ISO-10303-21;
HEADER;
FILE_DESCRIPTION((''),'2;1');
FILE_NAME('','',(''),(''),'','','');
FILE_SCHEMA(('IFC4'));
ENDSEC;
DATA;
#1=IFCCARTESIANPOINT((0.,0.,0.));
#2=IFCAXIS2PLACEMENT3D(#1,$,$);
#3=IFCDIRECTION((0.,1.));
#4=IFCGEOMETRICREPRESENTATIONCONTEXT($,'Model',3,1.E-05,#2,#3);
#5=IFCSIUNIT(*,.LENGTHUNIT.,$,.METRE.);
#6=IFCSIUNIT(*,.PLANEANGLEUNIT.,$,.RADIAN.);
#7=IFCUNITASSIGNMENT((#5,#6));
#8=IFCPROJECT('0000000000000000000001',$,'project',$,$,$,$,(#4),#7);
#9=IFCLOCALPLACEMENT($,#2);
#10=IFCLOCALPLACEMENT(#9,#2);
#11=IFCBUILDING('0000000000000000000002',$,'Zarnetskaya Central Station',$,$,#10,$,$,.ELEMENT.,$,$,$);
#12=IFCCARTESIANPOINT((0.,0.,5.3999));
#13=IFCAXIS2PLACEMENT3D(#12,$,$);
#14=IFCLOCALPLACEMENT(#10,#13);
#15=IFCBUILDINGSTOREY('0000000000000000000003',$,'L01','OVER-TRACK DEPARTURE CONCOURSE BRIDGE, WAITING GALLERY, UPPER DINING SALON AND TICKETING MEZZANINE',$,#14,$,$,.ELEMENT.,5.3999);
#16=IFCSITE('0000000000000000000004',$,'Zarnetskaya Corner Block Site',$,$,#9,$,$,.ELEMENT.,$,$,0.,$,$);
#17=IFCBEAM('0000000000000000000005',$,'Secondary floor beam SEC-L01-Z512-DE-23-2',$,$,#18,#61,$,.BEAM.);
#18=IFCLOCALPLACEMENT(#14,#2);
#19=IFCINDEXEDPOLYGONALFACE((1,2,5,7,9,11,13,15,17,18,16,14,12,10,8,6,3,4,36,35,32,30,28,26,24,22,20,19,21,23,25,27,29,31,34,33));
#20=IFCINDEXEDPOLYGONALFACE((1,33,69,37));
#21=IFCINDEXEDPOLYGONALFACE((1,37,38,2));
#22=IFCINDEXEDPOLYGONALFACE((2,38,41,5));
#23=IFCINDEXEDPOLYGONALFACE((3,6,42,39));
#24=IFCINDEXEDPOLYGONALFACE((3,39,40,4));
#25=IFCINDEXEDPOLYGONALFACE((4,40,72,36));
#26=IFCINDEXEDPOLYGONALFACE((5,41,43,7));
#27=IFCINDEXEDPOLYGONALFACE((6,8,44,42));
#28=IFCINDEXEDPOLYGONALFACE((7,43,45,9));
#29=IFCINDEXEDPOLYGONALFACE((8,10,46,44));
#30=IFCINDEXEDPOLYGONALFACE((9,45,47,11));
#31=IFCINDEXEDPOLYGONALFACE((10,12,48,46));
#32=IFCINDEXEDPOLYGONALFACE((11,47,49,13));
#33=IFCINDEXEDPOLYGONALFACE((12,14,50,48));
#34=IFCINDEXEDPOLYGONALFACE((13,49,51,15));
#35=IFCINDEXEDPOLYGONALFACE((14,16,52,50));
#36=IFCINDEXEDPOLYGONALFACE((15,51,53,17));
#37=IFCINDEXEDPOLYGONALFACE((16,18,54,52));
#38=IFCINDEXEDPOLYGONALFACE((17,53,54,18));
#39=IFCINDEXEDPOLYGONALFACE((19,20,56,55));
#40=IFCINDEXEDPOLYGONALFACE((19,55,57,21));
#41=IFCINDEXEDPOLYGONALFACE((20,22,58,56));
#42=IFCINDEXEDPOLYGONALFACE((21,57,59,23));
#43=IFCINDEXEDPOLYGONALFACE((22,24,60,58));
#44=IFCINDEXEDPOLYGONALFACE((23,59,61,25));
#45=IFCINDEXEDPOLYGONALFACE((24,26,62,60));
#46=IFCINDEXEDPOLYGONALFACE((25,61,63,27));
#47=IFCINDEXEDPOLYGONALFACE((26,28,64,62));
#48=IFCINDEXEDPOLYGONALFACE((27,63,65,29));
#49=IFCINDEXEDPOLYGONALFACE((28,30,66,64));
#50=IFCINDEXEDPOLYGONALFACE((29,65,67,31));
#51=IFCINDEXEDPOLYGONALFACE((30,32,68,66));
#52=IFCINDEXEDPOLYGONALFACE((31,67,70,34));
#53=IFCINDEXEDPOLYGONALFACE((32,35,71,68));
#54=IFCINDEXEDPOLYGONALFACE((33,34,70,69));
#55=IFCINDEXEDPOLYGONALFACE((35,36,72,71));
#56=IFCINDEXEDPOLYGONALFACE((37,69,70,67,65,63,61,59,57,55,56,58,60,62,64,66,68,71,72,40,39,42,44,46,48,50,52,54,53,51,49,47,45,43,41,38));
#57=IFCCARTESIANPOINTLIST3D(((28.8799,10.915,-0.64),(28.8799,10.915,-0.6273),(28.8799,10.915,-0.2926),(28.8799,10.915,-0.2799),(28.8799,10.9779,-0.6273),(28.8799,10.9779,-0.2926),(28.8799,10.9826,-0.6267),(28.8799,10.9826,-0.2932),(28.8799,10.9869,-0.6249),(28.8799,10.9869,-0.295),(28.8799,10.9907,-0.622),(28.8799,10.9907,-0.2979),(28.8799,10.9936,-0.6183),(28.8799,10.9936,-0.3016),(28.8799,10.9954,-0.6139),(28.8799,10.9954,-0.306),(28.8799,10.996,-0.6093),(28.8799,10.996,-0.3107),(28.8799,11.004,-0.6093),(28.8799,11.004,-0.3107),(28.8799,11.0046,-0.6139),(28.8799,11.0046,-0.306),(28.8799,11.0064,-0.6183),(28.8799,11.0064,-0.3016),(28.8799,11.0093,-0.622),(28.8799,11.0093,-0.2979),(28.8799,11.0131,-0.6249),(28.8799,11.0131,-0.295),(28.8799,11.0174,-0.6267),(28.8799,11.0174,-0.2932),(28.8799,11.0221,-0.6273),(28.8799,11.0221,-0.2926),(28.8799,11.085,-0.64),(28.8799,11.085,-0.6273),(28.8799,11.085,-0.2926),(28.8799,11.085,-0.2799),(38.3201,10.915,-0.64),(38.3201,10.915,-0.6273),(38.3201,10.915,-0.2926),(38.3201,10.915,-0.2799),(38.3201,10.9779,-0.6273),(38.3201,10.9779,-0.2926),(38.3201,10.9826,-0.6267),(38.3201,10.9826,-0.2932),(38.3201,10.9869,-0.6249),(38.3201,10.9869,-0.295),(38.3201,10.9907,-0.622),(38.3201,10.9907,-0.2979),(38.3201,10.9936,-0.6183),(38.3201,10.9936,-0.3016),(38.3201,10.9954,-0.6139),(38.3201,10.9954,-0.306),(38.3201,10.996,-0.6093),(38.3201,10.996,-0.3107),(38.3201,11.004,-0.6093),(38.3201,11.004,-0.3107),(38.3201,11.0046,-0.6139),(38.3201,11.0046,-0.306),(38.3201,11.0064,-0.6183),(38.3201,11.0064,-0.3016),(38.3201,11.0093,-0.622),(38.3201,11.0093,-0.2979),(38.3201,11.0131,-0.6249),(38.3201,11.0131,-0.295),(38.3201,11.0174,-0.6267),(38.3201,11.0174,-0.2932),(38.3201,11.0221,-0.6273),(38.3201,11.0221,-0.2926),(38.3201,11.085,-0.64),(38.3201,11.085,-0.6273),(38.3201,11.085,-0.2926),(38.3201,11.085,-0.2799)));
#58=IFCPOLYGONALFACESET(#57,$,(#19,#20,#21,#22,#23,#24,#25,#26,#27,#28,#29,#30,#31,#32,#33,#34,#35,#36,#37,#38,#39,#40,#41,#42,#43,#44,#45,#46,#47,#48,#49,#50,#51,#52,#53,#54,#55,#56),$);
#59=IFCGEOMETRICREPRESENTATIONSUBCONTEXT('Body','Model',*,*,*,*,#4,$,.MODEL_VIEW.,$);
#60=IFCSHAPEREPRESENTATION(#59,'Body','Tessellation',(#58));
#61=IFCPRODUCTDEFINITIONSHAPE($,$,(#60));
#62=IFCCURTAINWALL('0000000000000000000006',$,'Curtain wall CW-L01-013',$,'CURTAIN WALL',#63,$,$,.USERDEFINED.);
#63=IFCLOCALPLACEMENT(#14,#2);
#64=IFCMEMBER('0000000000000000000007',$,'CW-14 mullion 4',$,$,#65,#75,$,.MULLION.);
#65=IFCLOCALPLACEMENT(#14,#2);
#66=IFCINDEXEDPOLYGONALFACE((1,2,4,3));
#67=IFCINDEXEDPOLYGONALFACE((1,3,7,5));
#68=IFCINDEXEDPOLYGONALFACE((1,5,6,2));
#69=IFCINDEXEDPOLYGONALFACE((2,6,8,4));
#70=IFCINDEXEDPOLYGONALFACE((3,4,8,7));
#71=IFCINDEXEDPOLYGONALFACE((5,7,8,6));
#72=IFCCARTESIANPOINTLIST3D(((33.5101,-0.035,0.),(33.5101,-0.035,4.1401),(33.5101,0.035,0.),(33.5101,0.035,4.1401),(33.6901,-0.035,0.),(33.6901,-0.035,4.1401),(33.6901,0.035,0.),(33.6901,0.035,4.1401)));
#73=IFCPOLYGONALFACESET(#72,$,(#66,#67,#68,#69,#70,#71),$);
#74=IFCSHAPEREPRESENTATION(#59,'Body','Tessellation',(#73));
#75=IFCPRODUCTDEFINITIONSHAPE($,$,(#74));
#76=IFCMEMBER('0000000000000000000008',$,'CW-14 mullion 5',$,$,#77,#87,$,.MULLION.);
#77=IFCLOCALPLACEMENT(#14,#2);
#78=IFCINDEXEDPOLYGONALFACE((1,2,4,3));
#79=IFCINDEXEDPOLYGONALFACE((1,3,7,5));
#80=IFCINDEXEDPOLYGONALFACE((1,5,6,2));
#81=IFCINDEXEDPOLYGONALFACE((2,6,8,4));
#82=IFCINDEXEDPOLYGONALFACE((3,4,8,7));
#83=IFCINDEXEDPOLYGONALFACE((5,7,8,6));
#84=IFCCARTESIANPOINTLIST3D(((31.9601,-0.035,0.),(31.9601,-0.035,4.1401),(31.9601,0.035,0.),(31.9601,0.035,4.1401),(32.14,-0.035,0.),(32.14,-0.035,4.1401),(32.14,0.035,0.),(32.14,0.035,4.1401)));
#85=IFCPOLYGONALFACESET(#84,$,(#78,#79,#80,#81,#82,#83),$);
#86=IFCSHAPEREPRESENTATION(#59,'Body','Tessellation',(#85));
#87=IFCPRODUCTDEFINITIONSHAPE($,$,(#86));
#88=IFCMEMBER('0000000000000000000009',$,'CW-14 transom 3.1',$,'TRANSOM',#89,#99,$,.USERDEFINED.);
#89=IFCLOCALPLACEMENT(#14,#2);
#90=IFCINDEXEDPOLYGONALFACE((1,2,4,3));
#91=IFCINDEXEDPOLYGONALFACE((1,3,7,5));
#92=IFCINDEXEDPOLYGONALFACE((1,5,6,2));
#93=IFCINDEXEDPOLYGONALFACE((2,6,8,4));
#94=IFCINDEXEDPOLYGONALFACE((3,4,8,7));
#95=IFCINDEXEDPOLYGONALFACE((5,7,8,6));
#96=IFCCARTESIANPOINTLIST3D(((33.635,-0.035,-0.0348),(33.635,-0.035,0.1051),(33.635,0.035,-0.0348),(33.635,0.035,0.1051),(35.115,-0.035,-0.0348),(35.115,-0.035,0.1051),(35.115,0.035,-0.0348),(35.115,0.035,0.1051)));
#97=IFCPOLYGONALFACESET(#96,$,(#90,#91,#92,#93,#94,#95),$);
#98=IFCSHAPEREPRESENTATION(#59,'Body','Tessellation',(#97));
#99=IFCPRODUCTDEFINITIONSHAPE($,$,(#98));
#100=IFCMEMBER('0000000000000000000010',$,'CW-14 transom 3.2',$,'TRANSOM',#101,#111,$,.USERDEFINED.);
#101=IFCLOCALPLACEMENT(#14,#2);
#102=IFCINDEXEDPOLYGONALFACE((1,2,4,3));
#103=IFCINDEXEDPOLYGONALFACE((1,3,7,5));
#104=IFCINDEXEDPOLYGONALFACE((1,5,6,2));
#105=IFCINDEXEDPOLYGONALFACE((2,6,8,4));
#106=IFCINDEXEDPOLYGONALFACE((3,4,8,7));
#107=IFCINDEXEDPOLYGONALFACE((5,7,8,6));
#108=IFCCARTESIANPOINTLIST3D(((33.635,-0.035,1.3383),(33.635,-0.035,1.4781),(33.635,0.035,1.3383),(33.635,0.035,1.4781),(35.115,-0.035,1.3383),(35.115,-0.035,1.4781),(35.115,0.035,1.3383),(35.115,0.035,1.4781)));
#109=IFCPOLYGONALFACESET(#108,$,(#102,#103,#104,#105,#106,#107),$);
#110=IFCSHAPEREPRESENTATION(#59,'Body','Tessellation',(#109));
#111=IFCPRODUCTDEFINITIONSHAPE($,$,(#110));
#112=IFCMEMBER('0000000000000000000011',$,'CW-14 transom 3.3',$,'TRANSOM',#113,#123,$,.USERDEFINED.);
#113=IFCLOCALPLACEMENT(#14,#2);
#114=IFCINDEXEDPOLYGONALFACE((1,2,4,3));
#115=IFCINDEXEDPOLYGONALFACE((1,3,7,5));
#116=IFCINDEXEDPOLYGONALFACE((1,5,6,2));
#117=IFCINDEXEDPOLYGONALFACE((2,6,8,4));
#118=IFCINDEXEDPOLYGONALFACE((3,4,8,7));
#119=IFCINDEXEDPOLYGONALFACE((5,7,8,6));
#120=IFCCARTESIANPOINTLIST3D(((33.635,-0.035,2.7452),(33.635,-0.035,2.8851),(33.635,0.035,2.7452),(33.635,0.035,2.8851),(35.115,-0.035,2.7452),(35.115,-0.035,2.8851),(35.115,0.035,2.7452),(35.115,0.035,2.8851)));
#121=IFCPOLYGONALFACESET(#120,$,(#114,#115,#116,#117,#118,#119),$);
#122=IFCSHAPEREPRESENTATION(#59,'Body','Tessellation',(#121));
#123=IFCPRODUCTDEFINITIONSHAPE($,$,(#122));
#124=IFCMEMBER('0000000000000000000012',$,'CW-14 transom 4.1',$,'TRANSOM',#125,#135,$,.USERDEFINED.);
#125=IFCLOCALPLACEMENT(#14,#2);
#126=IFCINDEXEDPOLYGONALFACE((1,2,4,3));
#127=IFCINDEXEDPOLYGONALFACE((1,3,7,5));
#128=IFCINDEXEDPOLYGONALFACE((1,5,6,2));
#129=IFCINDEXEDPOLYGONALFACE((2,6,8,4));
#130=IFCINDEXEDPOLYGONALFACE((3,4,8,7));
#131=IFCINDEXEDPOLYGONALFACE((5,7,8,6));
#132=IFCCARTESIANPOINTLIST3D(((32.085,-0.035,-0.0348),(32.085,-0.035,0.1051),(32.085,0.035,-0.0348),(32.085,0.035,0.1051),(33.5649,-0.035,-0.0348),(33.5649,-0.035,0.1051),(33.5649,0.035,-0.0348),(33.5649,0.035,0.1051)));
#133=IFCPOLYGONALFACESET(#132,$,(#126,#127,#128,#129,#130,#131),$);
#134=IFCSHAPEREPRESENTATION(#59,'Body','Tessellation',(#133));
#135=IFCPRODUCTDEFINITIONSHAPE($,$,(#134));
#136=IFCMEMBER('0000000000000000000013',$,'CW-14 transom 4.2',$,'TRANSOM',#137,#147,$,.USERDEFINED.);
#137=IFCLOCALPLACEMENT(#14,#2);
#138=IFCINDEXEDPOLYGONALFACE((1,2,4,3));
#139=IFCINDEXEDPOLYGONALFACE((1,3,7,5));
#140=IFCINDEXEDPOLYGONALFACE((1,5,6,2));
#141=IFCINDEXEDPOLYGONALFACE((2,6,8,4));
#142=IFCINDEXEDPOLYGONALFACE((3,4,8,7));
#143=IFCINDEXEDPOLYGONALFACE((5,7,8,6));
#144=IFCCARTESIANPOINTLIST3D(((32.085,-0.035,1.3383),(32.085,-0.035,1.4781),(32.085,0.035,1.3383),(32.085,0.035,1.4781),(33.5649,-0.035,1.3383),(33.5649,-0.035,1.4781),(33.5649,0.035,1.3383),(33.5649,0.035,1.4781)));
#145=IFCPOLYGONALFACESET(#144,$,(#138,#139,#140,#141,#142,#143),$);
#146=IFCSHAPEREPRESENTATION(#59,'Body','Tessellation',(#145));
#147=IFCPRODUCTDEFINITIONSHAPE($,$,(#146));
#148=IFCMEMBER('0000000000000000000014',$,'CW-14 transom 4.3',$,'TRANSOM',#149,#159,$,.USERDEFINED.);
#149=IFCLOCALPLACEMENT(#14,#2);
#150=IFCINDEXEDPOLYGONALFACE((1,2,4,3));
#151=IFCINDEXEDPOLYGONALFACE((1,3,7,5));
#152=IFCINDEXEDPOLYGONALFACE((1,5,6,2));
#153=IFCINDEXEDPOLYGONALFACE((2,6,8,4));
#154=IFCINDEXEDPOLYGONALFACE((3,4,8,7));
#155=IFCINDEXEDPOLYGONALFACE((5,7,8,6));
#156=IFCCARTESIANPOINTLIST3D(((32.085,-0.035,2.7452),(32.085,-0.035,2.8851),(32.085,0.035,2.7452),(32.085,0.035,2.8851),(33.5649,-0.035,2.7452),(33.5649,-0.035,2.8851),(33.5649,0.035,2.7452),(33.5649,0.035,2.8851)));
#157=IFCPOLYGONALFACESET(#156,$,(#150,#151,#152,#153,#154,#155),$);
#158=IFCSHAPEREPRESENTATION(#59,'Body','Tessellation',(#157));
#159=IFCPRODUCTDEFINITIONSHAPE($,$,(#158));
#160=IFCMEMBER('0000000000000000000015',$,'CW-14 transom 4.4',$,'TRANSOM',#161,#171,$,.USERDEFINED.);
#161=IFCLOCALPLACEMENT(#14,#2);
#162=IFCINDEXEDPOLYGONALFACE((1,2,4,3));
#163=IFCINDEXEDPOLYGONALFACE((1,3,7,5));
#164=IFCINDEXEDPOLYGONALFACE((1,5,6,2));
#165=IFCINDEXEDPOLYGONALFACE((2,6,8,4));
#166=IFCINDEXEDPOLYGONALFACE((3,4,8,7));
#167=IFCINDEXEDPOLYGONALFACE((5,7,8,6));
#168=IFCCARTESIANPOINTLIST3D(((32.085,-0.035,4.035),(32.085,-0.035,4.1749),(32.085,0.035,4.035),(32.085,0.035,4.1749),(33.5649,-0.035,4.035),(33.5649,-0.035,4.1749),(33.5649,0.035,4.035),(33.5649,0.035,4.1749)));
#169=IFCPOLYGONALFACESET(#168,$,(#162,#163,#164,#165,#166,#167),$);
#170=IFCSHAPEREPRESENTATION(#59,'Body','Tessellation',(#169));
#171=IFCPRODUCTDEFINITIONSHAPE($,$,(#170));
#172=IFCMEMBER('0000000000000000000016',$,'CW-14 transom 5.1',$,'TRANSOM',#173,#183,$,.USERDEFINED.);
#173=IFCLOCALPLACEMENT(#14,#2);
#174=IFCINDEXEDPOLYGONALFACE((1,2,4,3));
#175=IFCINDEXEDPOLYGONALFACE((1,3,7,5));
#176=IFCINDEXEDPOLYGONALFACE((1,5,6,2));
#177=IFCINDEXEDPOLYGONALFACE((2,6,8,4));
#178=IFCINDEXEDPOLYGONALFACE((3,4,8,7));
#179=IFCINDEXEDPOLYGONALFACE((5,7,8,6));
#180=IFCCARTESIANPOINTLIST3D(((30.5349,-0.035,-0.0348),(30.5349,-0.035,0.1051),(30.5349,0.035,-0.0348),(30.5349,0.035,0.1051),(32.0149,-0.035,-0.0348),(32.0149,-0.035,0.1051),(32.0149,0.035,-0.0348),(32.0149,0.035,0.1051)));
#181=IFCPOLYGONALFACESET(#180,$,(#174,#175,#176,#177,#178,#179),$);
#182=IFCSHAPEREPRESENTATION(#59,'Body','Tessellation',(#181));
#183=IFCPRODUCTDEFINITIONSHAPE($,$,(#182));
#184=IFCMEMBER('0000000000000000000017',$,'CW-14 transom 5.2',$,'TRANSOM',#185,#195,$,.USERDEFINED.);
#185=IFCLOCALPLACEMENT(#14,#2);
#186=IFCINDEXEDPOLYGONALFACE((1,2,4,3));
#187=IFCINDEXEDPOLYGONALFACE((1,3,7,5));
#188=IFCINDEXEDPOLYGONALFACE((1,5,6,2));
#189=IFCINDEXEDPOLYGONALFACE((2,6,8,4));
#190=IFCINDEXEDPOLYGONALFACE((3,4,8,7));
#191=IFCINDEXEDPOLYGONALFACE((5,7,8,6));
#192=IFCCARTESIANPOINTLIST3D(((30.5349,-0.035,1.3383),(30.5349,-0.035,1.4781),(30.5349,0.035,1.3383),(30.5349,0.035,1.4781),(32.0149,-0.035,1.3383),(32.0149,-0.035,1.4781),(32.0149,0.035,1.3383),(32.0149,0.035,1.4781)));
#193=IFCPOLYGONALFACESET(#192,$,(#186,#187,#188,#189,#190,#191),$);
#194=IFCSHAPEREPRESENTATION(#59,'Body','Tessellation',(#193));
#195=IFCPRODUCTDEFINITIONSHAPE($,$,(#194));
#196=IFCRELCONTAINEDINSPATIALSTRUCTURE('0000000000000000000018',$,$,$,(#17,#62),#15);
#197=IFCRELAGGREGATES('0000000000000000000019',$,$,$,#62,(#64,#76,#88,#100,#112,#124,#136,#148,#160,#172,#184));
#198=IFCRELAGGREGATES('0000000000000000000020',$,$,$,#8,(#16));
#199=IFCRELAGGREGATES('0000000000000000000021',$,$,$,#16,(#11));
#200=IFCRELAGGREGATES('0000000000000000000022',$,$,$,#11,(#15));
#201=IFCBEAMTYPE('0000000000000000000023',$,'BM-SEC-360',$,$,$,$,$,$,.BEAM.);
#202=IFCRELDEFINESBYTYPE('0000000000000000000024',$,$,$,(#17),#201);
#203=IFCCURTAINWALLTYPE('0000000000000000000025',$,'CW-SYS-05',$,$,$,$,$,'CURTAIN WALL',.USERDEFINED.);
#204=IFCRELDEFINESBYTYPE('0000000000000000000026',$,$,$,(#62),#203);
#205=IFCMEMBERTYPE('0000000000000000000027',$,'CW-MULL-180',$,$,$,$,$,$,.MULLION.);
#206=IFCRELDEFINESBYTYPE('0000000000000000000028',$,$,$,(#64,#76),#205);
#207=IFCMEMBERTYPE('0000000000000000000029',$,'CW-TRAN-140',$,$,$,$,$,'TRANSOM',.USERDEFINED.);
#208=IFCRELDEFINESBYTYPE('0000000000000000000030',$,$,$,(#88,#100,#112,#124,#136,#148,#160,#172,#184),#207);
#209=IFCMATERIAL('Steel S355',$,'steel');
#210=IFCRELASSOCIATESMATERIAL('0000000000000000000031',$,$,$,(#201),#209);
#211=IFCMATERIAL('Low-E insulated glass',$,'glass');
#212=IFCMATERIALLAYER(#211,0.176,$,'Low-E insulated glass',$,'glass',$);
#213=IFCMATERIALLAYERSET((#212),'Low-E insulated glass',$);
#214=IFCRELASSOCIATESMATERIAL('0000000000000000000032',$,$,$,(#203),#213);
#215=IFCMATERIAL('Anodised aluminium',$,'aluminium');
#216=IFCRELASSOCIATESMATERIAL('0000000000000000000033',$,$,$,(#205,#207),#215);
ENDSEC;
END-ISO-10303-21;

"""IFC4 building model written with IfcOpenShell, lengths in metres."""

from ifc_helpers import new_model, si_unit, direction, frame, origin, origin_2d, place, context, subcontext, project, spatial, rectangle, i_section, extrude, material, layer, layer_set, material_profile, profile_set, type_object, element, aggregate, save


model = new_model("IFC4")

# Units and contexts
model_context = context("Model", 3, precision=1e-05, world=origin(), true_north=direction((0.0, 1.0)))
body_context = subcontext(model_context, "Body", "Model", "MODEL_VIEW")
ifc_project = project(units=[si_unit("LENGTHUNIT", "METRE"), si_unit("PLANEANGLEUNIT", "RADIAN")], contexts=[model_context])

# Site, building, storey
site_placement = place(None, origin())
site = spatial("IfcSite", under=ifc_project, at=site_placement, Name="Zarnetskaya Corner Block Site", CompositionType="ELEMENT", RefElevation=0.0)
building_placement = place(site_placement, origin())
building = spatial("IfcBuilding", under=site, at=building_placement, Name="Zarnetskaya Central Station", CompositionType="ELEMENT")
storey_placement = place(building_placement, frame((0.0, 0.0, 5.3999)))
storey = spatial("IfcBuildingStorey", under=building, at=storey_placement, Name="L01", Description="OVER-TRACK DEPARTURE CONCOURSE BRIDGE, WAITING GALLERY, UPPER DINING SALON AND TICKETING MEZZANINE", CompositionType="ELEMENT", Elevation=5.3999)

# Shared definitions
ifc_material_1 = material(Name="Steel S355", Category="steel")

# Beam
ifc_material_profile_1 = material_profile(ifc_material_1, i_section(OverallWidth=0.1699, OverallDepth=0.3601, WebThickness=0.0081, FlangeThickness=0.0127, FilletRadius=0.0181, at=origin_2d()), Name="IPE 360")
ifc_profile_set_1 = profile_set([ifc_material_profile_1], Name="Steel S355")
beam_type_1 = type_object("IfcBeamType", Name="BM-SEC-360", PredefinedType="BEAM", material=ifc_profile_set_1)
for number, where, z_axis, x_axis, name in (
    (1, (28.8799, 11.0, -0.46), (1.0, 0.0, 0.0), (0.0, 1.0, 0.0), "Secondary floor beam SEC-L01-Z512-DE-23-2"),
):
    element("IfcBeam", number, at=place(storey_placement, frame(where, z_axis=z_axis, x_axis=x_axis)), inside=storey, type_object=beam_type_1, Name=name, PredefinedType="BEAM", context=body_context, shape_type="SweptSolid", body=[
        extrude(i_section(OverallWidth=0.1699, OverallDepth=0.3601, WebThickness=0.0081, FlangeThickness=0.0127, FilletRadius=0.0181, at=origin_2d()), origin(), (0.0, 0.0, 1.0), 9.4402),
    ])

# Curtain wall, members
ifc_material_2 = material(Name="Low-E insulated glass", Category="glass")
ifc_layer_1 = layer(ifc_material_2, 0.176, Name="Low-E insulated glass", Category="glass")
ifc_layer_set_1 = layer_set([ifc_layer_1], Name="Low-E insulated glass")
curtain_wall_type = type_object("IfcCurtainWallType", Name="CW-SYS-05", ElementType="CURTAIN WALL", PredefinedType="USERDEFINED", material=ifc_layer_set_1)
curtain_wall_placement = place(storey_placement, origin())
curtain_wall = element("IfcCurtainWall", 2, at=curtain_wall_placement, inside=storey, type_object=curtain_wall_type, Name="Curtain wall CW-L01-013", ObjectType="CURTAIN WALL", PredefinedType="USERDEFINED")
ifc_material_3 = material(Name="Anodised aluminium", Category="aluminium")
ifc_material_profile_2 = material_profile(ifc_material_3, rectangle(XDim=0.0701, YDim=0.1799, at=origin_2d()), Name="ALU MULL 70x180")
ifc_profile_set_2 = profile_set([ifc_material_profile_2], Name="Anodised aluminium")
member_type_1 = type_object("IfcMemberType", Name="CW-MULL-180", PredefinedType="MULLION", material=ifc_profile_set_2)
member_1_placement = place(storey_placement, frame((33.6001, 0.0, 0.0), z_axis=(0.0, 0.0, 1.0), x_axis=(0.0, -1.0, 0.0)))
member_1 = element("IfcMember", 3, at=member_1_placement, type_object=member_type_1, Name="CW-14 mullion 4", PredefinedType="MULLION", context=body_context, shape_type="SweptSolid", body=[
    extrude(rectangle(XDim=0.0701, YDim=0.1799, at=origin_2d()), origin(), (0.0, 0.0, 1.0), 4.1401),
])
member_2_placement = place(storey_placement, frame((32.05, 0.0, 0.0), z_axis=(0.0, 0.0, 1.0), x_axis=(0.0, -1.0, 0.0)))
member_2 = element("IfcMember", 4, at=member_2_placement, type_object=member_type_1, Name="CW-14 mullion 5", PredefinedType="MULLION", context=body_context, shape_type="SweptSolid", body=[
    extrude(rectangle(XDim=0.0701, YDim=0.1799, at=origin_2d()), origin(), (0.0, 0.0, 1.0), 4.1401),
])
ifc_material_profile_3 = material_profile(ifc_material_3, rectangle(XDim=0.0701, YDim=0.1399, at=origin_2d()), Name="ALU TRAN 70x140")
ifc_profile_set_3 = profile_set([ifc_material_profile_3], Name="Anodised aluminium")
member_type_2 = type_object("IfcMemberType", Name="CW-TRAN-140", ElementType="TRANSOM", PredefinedType="USERDEFINED", material=ifc_profile_set_3)
member_3_placement = place(storey_placement, frame((35.115, 0.0, 0.0352), z_axis=(-1.0, 0.0, 0.0), x_axis=(0.0, -1.0, 0.0)))
member_3 = element("IfcMember", 5, at=member_3_placement, type_object=member_type_2, Name="CW-14 transom 3.1", ObjectType="TRANSOM", PredefinedType="USERDEFINED", context=body_context, shape_type="SweptSolid", body=[
    extrude(rectangle(XDim=0.0701, YDim=0.1399, at=origin_2d()), origin(), (0.0, 0.0, 1.0), 1.48),
])
member_4_placement = place(storey_placement, frame((35.115, 0.0, 1.4082), z_axis=(-1.0, 0.0, 0.0), x_axis=(0.0, -1.0, 0.0)))
member_4 = element("IfcMember", 6, at=member_4_placement, type_object=member_type_2, Name="CW-14 transom 3.2", ObjectType="TRANSOM", PredefinedType="USERDEFINED", context=body_context, shape_type="SweptSolid", body=[
    extrude(rectangle(XDim=0.0701, YDim=0.1399, at=origin_2d()), origin(), (0.0, 0.0, 1.0), 1.48),
])
member_5_placement = place(storey_placement, frame((35.115, 0.0, 2.8152), z_axis=(-1.0, 0.0, 0.0), x_axis=(0.0, -1.0, 0.0)))
member_5 = element("IfcMember", 7, at=member_5_placement, type_object=member_type_2, Name="CW-14 transom 3.3", ObjectType="TRANSOM", PredefinedType="USERDEFINED", context=body_context, shape_type="SweptSolid", body=[
    extrude(rectangle(XDim=0.0701, YDim=0.1399, at=origin_2d()), origin(), (0.0, 0.0, 1.0), 1.48),
])
member_6_placement = place(storey_placement, frame((33.5649, 0.0, 0.0352), z_axis=(-1.0, 0.0, 0.0), x_axis=(0.0, -1.0, 0.0)))
member_6 = element("IfcMember", 8, at=member_6_placement, type_object=member_type_2, Name="CW-14 transom 4.1", ObjectType="TRANSOM", PredefinedType="USERDEFINED", context=body_context, shape_type="SweptSolid", body=[
    extrude(rectangle(XDim=0.0701, YDim=0.1399, at=origin_2d()), origin(), (0.0, 0.0, 1.0), 1.48),
])
member_7_placement = place(storey_placement, frame((33.5649, 0.0, 1.4082), z_axis=(-1.0, 0.0, 0.0), x_axis=(0.0, -1.0, 0.0)))
member_7 = element("IfcMember", 9, at=member_7_placement, type_object=member_type_2, Name="CW-14 transom 4.2", ObjectType="TRANSOM", PredefinedType="USERDEFINED", context=body_context, shape_type="SweptSolid", body=[
    extrude(rectangle(XDim=0.0701, YDim=0.1399, at=origin_2d()), origin(), (0.0, 0.0, 1.0), 1.48),
])
member_8_placement = place(storey_placement, frame((33.5649, 0.0, 2.8152), z_axis=(-1.0, 0.0, 0.0), x_axis=(0.0, -1.0, 0.0)))
member_8 = element("IfcMember", 10, at=member_8_placement, type_object=member_type_2, Name="CW-14 transom 4.3", ObjectType="TRANSOM", PredefinedType="USERDEFINED", context=body_context, shape_type="SweptSolid", body=[
    extrude(rectangle(XDim=0.0701, YDim=0.1399, at=origin_2d()), origin(), (0.0, 0.0, 1.0), 1.48),
])
member_9_placement = place(storey_placement, frame((33.5649, 0.0, 4.105), z_axis=(-1.0, 0.0, 0.0), x_axis=(0.0, -1.0, 0.0)))
member_9 = element("IfcMember", 11, at=member_9_placement, type_object=member_type_2, Name="CW-14 transom 4.4", ObjectType="TRANSOM", PredefinedType="USERDEFINED", context=body_context, shape_type="SweptSolid", body=[
    extrude(rectangle(XDim=0.0701, YDim=0.1399, at=origin_2d()), origin(), (0.0, 0.0, 1.0), 1.48),
])
member_10_placement = place(storey_placement, frame((32.0149, 0.0, 0.0352), z_axis=(-1.0, 0.0, 0.0), x_axis=(0.0, -1.0, 0.0)))
member_10 = element("IfcMember", 12, at=member_10_placement, type_object=member_type_2, Name="CW-14 transom 5.1", ObjectType="TRANSOM", PredefinedType="USERDEFINED", context=body_context, shape_type="SweptSolid", body=[
    extrude(rectangle(XDim=0.0701, YDim=0.1399, at=origin_2d()), origin(), (0.0, 0.0, 1.0), 1.48),
])
member_11_placement = place(storey_placement, frame((32.0149, 0.0, 1.4082), z_axis=(-1.0, 0.0, 0.0), x_axis=(0.0, -1.0, 0.0)))
member_11 = element("IfcMember", 13, at=member_11_placement, type_object=member_type_2, Name="CW-14 transom 5.2", ObjectType="TRANSOM", PredefinedType="USERDEFINED", context=body_context, shape_type="SweptSolid", body=[
    extrude(rectangle(XDim=0.0701, YDim=0.1399, at=origin_2d()), origin(), (0.0, 0.0, 1.0), 1.48),
])

aggregate(curtain_wall, [member_1, member_2, member_3, member_4, member_5, member_6, member_7, member_8, member_9, member_10, member_11])

save(model, "model.ifc")
